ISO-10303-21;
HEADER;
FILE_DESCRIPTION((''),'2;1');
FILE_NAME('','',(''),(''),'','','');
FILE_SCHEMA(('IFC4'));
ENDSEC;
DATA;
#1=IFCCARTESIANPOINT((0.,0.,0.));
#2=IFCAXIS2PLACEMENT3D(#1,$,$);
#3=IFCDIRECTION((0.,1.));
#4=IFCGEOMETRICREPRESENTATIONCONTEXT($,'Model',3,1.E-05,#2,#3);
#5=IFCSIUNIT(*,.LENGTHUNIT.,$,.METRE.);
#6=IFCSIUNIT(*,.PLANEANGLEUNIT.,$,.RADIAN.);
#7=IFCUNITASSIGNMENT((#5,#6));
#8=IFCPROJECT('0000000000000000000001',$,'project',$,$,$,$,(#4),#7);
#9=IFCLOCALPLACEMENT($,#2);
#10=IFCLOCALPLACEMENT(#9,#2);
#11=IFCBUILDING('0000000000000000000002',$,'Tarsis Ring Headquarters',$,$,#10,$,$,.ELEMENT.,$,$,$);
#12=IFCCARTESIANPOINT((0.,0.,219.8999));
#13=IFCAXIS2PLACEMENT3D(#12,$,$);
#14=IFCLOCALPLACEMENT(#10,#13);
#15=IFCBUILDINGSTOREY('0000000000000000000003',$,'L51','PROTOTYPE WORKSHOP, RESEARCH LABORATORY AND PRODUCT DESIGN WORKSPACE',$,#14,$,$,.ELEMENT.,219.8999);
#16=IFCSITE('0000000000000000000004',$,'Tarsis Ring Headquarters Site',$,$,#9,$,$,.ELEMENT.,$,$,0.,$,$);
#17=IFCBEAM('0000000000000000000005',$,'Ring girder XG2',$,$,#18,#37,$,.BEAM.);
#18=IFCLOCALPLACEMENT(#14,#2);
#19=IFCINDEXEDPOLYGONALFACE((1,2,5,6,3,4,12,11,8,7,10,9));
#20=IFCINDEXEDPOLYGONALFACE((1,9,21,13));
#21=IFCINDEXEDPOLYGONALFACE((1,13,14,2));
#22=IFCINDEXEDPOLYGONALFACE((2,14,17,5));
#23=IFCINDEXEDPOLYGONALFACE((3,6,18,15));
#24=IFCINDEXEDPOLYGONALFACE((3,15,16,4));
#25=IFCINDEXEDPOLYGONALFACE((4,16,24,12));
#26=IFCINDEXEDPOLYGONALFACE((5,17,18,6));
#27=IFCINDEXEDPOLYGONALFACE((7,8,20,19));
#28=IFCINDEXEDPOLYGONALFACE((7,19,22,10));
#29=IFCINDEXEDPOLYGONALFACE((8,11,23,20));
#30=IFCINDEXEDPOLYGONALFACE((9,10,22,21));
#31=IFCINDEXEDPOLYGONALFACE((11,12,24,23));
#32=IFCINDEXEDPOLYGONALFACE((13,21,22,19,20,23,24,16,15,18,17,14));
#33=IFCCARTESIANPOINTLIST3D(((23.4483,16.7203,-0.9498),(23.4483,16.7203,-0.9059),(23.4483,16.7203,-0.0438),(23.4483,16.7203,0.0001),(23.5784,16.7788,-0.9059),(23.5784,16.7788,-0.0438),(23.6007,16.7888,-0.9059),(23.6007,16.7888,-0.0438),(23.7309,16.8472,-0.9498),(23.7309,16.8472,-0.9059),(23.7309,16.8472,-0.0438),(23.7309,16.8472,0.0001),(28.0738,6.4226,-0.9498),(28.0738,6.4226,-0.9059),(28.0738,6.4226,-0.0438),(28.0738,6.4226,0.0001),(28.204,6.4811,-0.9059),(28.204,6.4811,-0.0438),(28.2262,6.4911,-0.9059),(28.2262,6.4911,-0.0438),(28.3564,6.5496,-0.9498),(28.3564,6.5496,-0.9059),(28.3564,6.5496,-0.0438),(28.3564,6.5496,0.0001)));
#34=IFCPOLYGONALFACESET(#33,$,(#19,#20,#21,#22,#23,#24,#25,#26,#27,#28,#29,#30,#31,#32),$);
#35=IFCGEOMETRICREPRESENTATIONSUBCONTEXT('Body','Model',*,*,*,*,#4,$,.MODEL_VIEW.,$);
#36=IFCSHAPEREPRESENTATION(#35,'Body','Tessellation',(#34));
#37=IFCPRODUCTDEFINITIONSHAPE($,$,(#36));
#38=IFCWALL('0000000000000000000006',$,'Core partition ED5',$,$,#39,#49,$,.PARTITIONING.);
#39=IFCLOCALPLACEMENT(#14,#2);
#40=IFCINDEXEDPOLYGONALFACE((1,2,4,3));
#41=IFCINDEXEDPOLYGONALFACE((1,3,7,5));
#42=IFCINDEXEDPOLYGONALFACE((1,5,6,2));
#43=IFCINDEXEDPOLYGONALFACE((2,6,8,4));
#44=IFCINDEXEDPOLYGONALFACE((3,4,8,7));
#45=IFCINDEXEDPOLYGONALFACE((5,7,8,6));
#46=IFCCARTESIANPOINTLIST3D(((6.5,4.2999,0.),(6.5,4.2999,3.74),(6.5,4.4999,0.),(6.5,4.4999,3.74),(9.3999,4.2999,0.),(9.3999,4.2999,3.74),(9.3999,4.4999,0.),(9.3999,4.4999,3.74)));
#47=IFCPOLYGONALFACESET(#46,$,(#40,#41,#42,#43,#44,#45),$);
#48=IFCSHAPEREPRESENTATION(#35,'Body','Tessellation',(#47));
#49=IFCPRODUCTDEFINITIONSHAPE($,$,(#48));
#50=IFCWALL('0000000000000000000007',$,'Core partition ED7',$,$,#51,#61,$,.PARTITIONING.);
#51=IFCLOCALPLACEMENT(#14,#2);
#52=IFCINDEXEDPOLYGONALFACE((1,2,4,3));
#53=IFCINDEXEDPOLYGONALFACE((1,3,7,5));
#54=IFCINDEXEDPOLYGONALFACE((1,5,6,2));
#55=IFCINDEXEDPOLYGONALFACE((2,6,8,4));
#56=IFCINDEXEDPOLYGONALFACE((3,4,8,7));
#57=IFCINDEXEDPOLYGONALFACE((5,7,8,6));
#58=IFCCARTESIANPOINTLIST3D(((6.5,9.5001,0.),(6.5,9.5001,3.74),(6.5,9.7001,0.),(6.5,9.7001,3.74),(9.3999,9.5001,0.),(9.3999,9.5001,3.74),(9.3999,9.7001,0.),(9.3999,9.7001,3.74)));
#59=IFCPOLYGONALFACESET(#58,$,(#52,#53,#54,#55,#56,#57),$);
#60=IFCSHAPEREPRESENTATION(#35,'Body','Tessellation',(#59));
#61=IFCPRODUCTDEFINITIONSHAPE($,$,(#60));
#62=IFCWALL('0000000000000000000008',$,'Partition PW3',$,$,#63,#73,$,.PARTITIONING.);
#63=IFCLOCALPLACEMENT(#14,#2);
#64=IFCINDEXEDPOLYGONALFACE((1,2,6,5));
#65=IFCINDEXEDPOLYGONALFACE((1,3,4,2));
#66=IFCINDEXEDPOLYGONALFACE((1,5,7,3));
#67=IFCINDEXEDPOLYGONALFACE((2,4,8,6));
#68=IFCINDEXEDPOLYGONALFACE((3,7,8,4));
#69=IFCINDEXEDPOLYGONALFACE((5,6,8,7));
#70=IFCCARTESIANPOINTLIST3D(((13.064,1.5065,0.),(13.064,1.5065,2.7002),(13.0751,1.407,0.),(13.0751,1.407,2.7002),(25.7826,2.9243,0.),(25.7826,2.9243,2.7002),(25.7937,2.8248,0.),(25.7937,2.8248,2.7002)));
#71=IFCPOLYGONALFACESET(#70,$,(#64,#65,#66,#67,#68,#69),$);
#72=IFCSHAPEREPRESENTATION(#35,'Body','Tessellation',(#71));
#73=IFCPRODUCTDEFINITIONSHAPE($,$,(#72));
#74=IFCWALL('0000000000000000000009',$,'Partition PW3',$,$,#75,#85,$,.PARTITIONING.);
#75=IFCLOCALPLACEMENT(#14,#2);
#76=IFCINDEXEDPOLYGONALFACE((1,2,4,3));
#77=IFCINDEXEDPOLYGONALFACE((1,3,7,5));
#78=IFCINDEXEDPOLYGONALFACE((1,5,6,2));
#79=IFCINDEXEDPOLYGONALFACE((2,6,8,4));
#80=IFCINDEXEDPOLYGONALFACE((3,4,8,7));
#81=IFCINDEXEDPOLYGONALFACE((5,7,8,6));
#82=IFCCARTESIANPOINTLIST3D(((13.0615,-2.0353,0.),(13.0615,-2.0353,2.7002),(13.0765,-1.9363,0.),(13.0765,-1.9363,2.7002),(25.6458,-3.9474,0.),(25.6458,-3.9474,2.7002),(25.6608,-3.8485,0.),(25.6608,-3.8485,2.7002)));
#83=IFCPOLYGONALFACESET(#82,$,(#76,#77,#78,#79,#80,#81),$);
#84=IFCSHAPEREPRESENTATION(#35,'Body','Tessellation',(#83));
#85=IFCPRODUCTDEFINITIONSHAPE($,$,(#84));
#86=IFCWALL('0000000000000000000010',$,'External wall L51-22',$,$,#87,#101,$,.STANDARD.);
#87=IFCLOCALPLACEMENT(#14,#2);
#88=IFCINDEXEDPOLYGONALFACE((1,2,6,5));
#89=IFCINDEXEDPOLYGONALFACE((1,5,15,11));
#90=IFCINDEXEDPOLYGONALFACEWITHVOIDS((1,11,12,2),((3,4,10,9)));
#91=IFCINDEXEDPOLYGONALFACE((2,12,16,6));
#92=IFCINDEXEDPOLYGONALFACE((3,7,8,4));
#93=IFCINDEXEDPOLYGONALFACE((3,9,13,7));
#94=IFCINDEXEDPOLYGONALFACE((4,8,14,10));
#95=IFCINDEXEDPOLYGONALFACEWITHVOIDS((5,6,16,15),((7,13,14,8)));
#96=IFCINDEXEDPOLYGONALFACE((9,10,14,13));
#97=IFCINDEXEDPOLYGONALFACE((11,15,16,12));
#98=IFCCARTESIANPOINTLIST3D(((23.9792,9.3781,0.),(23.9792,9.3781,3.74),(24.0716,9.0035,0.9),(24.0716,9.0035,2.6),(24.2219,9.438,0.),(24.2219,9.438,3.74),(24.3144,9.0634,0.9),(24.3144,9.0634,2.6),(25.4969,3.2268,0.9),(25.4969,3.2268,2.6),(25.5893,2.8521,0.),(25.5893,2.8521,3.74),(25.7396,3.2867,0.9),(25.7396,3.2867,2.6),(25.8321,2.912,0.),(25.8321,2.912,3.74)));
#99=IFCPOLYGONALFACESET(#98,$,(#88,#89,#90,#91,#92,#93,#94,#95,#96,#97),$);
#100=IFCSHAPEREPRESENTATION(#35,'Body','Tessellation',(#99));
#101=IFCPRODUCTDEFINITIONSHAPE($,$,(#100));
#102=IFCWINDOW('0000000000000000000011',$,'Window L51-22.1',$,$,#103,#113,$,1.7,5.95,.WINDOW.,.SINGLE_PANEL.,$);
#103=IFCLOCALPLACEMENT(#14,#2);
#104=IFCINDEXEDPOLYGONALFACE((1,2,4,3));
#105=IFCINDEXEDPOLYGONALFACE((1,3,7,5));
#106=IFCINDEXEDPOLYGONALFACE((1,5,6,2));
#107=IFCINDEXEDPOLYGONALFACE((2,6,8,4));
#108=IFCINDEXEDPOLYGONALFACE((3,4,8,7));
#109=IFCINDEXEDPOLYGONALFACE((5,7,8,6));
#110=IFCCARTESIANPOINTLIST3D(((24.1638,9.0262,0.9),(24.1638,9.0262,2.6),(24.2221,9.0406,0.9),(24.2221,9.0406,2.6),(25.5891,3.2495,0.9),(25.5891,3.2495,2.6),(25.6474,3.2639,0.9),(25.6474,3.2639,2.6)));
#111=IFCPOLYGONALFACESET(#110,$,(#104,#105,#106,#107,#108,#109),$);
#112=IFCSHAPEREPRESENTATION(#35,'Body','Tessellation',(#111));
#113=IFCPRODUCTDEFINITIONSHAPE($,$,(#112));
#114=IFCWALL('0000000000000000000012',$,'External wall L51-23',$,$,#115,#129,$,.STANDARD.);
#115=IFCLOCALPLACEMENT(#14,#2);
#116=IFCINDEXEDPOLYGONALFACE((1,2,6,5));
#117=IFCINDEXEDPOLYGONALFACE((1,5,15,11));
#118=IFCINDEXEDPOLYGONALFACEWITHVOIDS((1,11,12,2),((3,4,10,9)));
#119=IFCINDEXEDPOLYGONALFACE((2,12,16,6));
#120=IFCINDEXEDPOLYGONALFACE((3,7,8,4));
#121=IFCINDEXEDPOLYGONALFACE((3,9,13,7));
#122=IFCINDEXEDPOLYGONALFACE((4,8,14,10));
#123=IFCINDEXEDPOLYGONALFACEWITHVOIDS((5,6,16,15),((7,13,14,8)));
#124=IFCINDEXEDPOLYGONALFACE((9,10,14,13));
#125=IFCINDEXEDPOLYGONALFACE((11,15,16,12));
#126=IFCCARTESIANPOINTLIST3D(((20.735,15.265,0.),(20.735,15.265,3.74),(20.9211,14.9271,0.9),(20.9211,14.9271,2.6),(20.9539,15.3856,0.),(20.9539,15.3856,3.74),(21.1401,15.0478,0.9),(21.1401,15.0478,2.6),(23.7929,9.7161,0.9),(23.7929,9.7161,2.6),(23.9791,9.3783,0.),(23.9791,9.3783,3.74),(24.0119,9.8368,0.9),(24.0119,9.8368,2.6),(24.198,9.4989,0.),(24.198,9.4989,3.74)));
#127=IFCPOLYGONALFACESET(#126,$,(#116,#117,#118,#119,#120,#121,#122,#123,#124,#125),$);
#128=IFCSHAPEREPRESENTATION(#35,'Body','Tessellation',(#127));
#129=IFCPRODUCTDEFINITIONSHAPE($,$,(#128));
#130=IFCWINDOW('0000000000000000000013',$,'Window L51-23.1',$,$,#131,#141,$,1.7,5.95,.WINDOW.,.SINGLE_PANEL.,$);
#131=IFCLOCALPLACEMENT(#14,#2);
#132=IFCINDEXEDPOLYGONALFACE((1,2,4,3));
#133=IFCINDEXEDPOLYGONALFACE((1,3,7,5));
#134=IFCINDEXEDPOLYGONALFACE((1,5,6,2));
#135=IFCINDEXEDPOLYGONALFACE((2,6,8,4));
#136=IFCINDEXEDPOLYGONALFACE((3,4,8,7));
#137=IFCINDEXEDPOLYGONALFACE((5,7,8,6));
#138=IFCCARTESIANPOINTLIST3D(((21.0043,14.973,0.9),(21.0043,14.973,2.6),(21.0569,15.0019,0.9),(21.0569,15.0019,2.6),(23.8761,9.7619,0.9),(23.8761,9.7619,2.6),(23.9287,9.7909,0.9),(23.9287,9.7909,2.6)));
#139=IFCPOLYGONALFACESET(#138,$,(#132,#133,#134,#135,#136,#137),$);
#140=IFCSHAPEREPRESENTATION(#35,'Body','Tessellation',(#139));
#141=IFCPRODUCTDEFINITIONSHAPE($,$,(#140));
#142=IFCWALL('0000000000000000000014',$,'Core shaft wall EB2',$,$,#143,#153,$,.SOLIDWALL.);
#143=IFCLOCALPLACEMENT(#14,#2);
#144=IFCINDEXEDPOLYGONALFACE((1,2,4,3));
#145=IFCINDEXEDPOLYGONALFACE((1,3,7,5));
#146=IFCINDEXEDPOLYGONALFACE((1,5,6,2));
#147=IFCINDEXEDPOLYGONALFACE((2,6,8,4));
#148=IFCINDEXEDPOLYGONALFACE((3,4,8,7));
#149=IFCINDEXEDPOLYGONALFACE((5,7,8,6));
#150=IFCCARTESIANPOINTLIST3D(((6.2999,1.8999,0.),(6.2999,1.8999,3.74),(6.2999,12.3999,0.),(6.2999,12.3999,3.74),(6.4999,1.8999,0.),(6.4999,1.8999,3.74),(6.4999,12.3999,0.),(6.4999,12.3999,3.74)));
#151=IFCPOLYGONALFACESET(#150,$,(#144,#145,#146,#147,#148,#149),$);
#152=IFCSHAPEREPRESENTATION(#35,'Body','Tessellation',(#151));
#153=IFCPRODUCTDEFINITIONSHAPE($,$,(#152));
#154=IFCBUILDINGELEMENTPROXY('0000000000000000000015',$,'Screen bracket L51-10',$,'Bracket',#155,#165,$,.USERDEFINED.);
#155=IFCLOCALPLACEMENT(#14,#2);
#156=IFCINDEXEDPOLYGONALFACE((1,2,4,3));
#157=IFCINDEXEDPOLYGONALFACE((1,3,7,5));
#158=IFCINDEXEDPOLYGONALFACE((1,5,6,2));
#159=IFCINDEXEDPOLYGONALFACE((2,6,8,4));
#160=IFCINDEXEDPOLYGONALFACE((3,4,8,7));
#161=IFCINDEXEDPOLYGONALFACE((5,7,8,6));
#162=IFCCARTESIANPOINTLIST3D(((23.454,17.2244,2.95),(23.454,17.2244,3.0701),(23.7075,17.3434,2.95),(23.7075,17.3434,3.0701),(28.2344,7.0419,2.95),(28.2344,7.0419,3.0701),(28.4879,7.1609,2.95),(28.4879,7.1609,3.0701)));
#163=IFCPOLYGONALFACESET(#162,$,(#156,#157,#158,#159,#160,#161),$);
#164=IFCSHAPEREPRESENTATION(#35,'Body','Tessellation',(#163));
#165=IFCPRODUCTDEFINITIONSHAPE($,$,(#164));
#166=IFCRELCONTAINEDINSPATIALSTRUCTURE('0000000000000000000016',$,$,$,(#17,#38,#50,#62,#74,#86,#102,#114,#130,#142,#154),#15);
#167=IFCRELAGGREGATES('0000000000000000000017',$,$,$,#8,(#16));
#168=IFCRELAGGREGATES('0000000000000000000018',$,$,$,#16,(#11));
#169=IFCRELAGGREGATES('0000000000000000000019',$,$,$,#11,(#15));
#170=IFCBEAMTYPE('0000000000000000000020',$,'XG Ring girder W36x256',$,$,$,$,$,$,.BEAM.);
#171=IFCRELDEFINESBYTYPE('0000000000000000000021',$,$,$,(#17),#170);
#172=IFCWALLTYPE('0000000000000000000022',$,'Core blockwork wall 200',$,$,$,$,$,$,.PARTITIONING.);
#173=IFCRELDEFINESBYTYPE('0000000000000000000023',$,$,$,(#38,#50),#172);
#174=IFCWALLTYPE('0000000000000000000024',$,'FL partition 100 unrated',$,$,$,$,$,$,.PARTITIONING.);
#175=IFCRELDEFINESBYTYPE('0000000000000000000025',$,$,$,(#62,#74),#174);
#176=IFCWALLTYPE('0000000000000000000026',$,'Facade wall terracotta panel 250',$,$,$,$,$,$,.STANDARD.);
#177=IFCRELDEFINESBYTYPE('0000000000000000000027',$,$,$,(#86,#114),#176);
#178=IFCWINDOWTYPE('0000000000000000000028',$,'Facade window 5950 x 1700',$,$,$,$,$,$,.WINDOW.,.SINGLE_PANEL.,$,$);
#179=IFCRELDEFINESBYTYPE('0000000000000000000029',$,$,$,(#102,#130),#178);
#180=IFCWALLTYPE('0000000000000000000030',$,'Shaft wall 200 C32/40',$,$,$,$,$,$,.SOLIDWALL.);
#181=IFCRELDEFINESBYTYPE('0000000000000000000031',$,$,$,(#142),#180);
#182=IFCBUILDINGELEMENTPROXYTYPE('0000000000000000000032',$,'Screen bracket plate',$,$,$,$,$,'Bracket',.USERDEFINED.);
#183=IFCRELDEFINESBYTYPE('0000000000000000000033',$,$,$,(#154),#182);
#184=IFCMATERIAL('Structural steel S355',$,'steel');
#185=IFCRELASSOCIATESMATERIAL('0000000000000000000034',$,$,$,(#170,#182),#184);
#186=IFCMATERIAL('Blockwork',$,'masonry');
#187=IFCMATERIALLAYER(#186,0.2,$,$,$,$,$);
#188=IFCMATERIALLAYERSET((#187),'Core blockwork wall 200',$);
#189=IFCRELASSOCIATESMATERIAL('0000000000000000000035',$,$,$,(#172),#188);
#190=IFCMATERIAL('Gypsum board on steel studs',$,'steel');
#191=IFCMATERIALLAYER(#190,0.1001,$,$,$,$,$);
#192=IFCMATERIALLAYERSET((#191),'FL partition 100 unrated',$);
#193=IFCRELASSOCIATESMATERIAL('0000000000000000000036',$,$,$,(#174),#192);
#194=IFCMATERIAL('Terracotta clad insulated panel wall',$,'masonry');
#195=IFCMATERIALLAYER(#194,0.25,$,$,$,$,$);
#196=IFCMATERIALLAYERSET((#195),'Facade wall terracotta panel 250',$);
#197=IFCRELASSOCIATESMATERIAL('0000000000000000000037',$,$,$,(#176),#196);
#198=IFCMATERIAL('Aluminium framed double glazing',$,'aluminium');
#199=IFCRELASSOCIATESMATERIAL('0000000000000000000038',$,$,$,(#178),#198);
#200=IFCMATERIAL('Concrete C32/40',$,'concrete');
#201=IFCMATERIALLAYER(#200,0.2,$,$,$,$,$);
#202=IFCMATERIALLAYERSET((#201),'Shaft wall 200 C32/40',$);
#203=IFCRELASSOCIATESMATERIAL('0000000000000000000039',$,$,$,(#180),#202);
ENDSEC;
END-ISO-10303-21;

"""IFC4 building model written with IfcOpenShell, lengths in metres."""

from ifc_helpers import new_model, si_unit, direction, frame, frame_2d, origin, origin_2d, place, context, subcontext, project, spatial, rectangle, i_section, extrude, material, layer, layer_set, material_profile, profile_set, type_object, element, fill, save


model = new_model("IFC4")

# Units and contexts
model_context = context("Model", 3, precision=1e-05, world=origin(), true_north=direction((0.0, 1.0)))
body_context = subcontext(model_context, "Body", "Model", "MODEL_VIEW")
ifc_project = project(units=[si_unit("LENGTHUNIT", "METRE"), si_unit("PLANEANGLEUNIT", "RADIAN")], contexts=[model_context])

# Site, building, storey
site_placement = place(None, origin())
site = spatial("IfcSite", under=ifc_project, at=site_placement, Name="Tarsis Ring Headquarters Site", CompositionType="ELEMENT", RefElevation=0.0)
building_placement = place(site_placement, origin())
building = spatial("IfcBuilding", under=site, at=building_placement, Name="Tarsis Ring Headquarters", CompositionType="ELEMENT")
storey_placement = place(building_placement, frame((0.0, 0.0, 219.8999)))
storey = spatial("IfcBuildingStorey", under=building, at=storey_placement, Name="L51", Description="PROTOTYPE WORKSHOP, RESEARCH LABORATORY AND PRODUCT DESIGN WORKSPACE", CompositionType="ELEMENT", Elevation=219.8999)

# Shared definitions
ifc_material_1 = material(Name="Structural steel S355", Category="steel")

# Beam
ifc_material_profile_1 = material_profile(ifc_material_1, i_section(OverallWidth=0.3098, OverallDepth=0.95, WebThickness=0.0244, FlangeThickness=0.0439, at=origin_2d()), Name="W36x256")
ifc_profile_set_1 = profile_set([ifc_material_profile_1], Name="Structural steel S355")
beam_type_1 = type_object("IfcBeamType", Name="XG Ring girder W36x256", PredefinedType="BEAM", material=ifc_profile_set_1)
beam_1_placement = place(storey_placement, frame((28.2151, 6.4861, -0.4749), z_axis=(-0.409743, 0.912201, 0.0), x_axis=(-0.912201, -0.409743, 0.0)))
element("IfcBeam", 1, at=beam_1_placement, inside=storey, type_object=beam_type_1, Name="Ring girder XG2", PredefinedType="BEAM", context=body_context, shape_type="SweptSolid", body=[
    extrude(i_section(OverallWidth=0.3098, OverallDepth=0.95, WebThickness=0.0244, FlangeThickness=0.0439, at=origin_2d()), origin(), (0.0, 0.0, 1.0), 11.2888),
])

# Walls
ifc_material_2 = material(Name="Blockwork", Category="masonry")
ifc_layer_1 = layer(ifc_material_2, 0.2)
ifc_layer_set_1 = layer_set([ifc_layer_1], Name="Core blockwork wall 200")
wall_type_1 = type_object("IfcWallType", Name="Core blockwork wall 200", PredefinedType="PARTITIONING", material=ifc_layer_set_1)
for number, where, z_axis, x_axis, name in (
    (2, (6.5, 4.3999, 0.0), (0.0, 0.0, 1.0), (1.0, 0.0, 0.0), "Core partition ED5"),
    (3, (6.5, 9.6001, 0.0), (0.0, 0.0, 1.0), (1.0, 0.0, 0.0), "Core partition ED7"),
):
    element("IfcWall", number, at=place(storey_placement, frame(where, z_axis=z_axis, x_axis=x_axis)), inside=storey, type_object=wall_type_1, Name=name, PredefinedType="PARTITIONING", context=body_context, shape_type="SweptSolid", body=[
        extrude(rectangle(XDim=2.8999, YDim=0.2, at=frame_2d((1.45, 0.0))), origin(), (0.0, 0.0, 1.0), 3.74),
    ])
ifc_material_3 = material(Name="Gypsum board on steel studs", Category="steel")
ifc_layer_2 = layer(ifc_material_3, 0.1001)
ifc_layer_set_2 = layer_set([ifc_layer_2], Name="FL partition 100 unrated")
wall_type_2 = type_object("IfcWallType", Name="FL partition 100 unrated", PredefinedType="PARTITIONING", material=ifc_layer_set_2)
wall_1_placement = place(storey_placement, frame((13.0696, 1.4568, 0.0), z_axis=(0.0, 0.0, 1.0), x_axis=(0.993845, 0.110783, 0.0)))
element("IfcWall", 4, at=wall_1_placement, inside=storey, type_object=wall_type_2, Name="Partition PW3", PredefinedType="PARTITIONING", context=body_context, shape_type="SweptSolid", body=[
    extrude(rectangle(XDim=12.7974, YDim=0.1001, at=frame_2d((6.3987, 0.0))), origin(), (0.0, 0.0, 1.0), 2.7002),
])
wall_2_placement = place(storey_placement, frame((13.0691, -1.9858, 0.0), z_axis=(0.0, 0.0, 1.0), x_axis=(0.988652, -0.150221, 0.0)))
element("IfcWall", 5, at=wall_2_placement, inside=storey, type_object=wall_type_2, Name="Partition PW3", PredefinedType="PARTITIONING", context=body_context, shape_type="SweptSolid", body=[
    extrude(rectangle(XDim=12.7288, YDim=0.1001, at=frame_2d((6.3643, 0.0))), origin(), (0.0, 0.0, 1.0), 2.7002),
])

# Walls, openings, windows
ifc_material_4 = material(Name="Terracotta clad insulated panel wall", Category="masonry")
ifc_layer_3 = layer(ifc_material_4, 0.25)
ifc_layer_set_3 = layer_set([ifc_layer_3], Name="Facade wall terracotta panel 250")
wall_type_3 = type_object("IfcWallType", Name="Facade wall terracotta panel 250", PredefinedType="STANDARD", material=ifc_layer_set_3)
wall_3_placement = place(storey_placement, frame((25.7107, 2.8821, 0.0), z_axis=(0.0, 0.0, 1.0), x_axis=(-0.239543, 0.970886, 0.0)))
wall_3 = element("IfcWall", 6, at=wall_3_placement, inside=storey, type_object=wall_type_3, Name="External wall L51-22", PredefinedType="STANDARD", context=body_context, shape_type="SweptSolid", body=[
    extrude(rectangle(XDim=6.7217, YDim=0.25, at=frame_2d((3.3608, 0.0))), origin(), (0.0, 0.0, 1.0), 3.74),
])
opening_1_placement = place(wall_3_placement, frame((0.3857, 0.0, 0.8999)))
opening_1 = element("IfcOpeningElement", 7, at=opening_1_placement, cuts=wall_3, PredefinedType="OPENING", context=body_context, shape_type="SweptSolid", body=[
    extrude(rectangle(XDim=5.95, YDim=1.7, at=frame_2d((2.9751, 0.8501))), frame((0.0, 0.135, 0.0), z_axis=(0.0, -1.0, 0.0), x_axis=(1.0, 0.0, 0.0)), (0.0, 0.0, 1.0), 0.27),
])
ifc_material_5 = material(Name="Aluminium framed double glazing", Category="aluminium")
window_type = type_object("IfcWindowType", Name="Facade window 5950 x 1700", PartitioningType="SINGLE_PANEL", PredefinedType="WINDOW", material=ifc_material_5)
window_1_placement = place(opening_1_placement, origin())
window_1 = element("IfcWindow", 8, at=window_1_placement, inside=storey, type_object=window_type, Name="Window L51-22.1", OverallHeight=1.7, OverallWidth=5.95, PartitioningType="SINGLE_PANEL", PredefinedType="WINDOW", context=body_context, shape_type="SweptSolid", body=[
    extrude(rectangle(XDim=5.95, YDim=1.7, at=frame_2d((2.9751, 0.8501))), frame((0.0, 0.03, 0.0), z_axis=(0.0, -1.0, 0.0), x_axis=(1.0, 0.0, 0.0)), (0.0, 0.0, 1.0), 0.0601),
])
fill(opening_1, window_1)
wall_4_placement = place(storey_placement, frame((24.0886, 9.4385, 0.0), z_axis=(0.0, 0.0, 1.0), x_axis=(-0.482655, 0.875811, 0.0)))
wall_4 = element("IfcWall", 9, at=wall_4_placement, inside=storey, type_object=wall_type_3, Name="External wall L51-23", PredefinedType="STANDARD", context=body_context, shape_type="SweptSolid", body=[
    extrude(rectangle(XDim=6.7214, YDim=0.25, at=frame_2d((3.3608, 0.0))), origin(), (0.0, 0.0, 1.0), 3.74),
])
opening_2_placement = place(wall_4_placement, frame((0.3857, 0.0, 0.8999)))
opening_2 = element("IfcOpeningElement", 10, at=opening_2_placement, cuts=wall_4, PredefinedType="OPENING", context=body_context, shape_type="SweptSolid", body=[
    extrude(rectangle(XDim=5.95, YDim=1.7, at=frame_2d((2.9751, 0.8501))), frame((0.0, 0.135, 0.0), z_axis=(0.0, -1.0, 0.0), x_axis=(1.0, 0.0, 0.0)), (0.0, 0.0, 1.0), 0.27),
])
window_2_placement = place(opening_2_placement, origin())
window_2 = element("IfcWindow", 11, at=window_2_placement, inside=storey, type_object=window_type, Name="Window L51-23.1", OverallHeight=1.7, OverallWidth=5.95, PartitioningType="SINGLE_PANEL", PredefinedType="WINDOW", context=body_context, shape_type="SweptSolid", body=[
    extrude(rectangle(XDim=5.95, YDim=1.7, at=frame_2d((2.9751, 0.8501))), frame((0.0, 0.03, 0.0), z_axis=(0.0, -1.0, 0.0), x_axis=(1.0, 0.0, 0.0)), (0.0, 0.0, 1.0), 0.0601),
])
fill(opening_2, window_2)

# Wall
ifc_material_6 = material(Name="Concrete C32/40", Category="concrete")
ifc_layer_4 = layer(ifc_material_6, 0.2)
ifc_layer_set_4 = layer_set([ifc_layer_4], Name="Shaft wall 200 C32/40")
wall_type_4 = type_object("IfcWallType", Name="Shaft wall 200 C32/40", PredefinedType="SOLIDWALL", material=ifc_layer_set_4)
wall_5_placement = place(storey_placement, frame((6.3999, 1.8999, 0.0), z_axis=(0.0, 0.0, 1.0), x_axis=(0.0, 1.0, 0.0)))
element("IfcWall", 12, at=wall_5_placement, inside=storey, type_object=wall_type_4, Name="Core shaft wall EB2", PredefinedType="SOLIDWALL", context=body_context, shape_type="SweptSolid", body=[
    extrude(rectangle(XDim=10.5, YDim=0.2, at=frame_2d((5.25, 0.0))), origin(), (0.0, 0.0, 1.0), 3.74),
])

# Building element proxy
building_element_proxy_type = type_object("IfcBuildingElementProxyType", Name="Screen bracket plate", ElementType="Bracket", PredefinedType="USERDEFINED", material=ifc_material_1)
proxy_placement = place(storey_placement, frame((25.9709, 12.1926, 2.95), z_axis=(0.0, 0.0, 1.0), x_axis=(-0.42497, 0.905208, 0.0)))
element("IfcBuildingElementProxy", 13, at=proxy_placement, inside=storey, type_object=building_element_proxy_type, Name="Screen bracket L51-10", ObjectType="Bracket", PredefinedType="USERDEFINED", context=body_context, shape_type="SweptSolid", body=[
    extrude(rectangle(XDim=11.2488, YDim=0.28, at=origin_2d()), origin(), (0.0, 0.0, 1.0), 0.1201),
])

save(model, "model.ifc")
